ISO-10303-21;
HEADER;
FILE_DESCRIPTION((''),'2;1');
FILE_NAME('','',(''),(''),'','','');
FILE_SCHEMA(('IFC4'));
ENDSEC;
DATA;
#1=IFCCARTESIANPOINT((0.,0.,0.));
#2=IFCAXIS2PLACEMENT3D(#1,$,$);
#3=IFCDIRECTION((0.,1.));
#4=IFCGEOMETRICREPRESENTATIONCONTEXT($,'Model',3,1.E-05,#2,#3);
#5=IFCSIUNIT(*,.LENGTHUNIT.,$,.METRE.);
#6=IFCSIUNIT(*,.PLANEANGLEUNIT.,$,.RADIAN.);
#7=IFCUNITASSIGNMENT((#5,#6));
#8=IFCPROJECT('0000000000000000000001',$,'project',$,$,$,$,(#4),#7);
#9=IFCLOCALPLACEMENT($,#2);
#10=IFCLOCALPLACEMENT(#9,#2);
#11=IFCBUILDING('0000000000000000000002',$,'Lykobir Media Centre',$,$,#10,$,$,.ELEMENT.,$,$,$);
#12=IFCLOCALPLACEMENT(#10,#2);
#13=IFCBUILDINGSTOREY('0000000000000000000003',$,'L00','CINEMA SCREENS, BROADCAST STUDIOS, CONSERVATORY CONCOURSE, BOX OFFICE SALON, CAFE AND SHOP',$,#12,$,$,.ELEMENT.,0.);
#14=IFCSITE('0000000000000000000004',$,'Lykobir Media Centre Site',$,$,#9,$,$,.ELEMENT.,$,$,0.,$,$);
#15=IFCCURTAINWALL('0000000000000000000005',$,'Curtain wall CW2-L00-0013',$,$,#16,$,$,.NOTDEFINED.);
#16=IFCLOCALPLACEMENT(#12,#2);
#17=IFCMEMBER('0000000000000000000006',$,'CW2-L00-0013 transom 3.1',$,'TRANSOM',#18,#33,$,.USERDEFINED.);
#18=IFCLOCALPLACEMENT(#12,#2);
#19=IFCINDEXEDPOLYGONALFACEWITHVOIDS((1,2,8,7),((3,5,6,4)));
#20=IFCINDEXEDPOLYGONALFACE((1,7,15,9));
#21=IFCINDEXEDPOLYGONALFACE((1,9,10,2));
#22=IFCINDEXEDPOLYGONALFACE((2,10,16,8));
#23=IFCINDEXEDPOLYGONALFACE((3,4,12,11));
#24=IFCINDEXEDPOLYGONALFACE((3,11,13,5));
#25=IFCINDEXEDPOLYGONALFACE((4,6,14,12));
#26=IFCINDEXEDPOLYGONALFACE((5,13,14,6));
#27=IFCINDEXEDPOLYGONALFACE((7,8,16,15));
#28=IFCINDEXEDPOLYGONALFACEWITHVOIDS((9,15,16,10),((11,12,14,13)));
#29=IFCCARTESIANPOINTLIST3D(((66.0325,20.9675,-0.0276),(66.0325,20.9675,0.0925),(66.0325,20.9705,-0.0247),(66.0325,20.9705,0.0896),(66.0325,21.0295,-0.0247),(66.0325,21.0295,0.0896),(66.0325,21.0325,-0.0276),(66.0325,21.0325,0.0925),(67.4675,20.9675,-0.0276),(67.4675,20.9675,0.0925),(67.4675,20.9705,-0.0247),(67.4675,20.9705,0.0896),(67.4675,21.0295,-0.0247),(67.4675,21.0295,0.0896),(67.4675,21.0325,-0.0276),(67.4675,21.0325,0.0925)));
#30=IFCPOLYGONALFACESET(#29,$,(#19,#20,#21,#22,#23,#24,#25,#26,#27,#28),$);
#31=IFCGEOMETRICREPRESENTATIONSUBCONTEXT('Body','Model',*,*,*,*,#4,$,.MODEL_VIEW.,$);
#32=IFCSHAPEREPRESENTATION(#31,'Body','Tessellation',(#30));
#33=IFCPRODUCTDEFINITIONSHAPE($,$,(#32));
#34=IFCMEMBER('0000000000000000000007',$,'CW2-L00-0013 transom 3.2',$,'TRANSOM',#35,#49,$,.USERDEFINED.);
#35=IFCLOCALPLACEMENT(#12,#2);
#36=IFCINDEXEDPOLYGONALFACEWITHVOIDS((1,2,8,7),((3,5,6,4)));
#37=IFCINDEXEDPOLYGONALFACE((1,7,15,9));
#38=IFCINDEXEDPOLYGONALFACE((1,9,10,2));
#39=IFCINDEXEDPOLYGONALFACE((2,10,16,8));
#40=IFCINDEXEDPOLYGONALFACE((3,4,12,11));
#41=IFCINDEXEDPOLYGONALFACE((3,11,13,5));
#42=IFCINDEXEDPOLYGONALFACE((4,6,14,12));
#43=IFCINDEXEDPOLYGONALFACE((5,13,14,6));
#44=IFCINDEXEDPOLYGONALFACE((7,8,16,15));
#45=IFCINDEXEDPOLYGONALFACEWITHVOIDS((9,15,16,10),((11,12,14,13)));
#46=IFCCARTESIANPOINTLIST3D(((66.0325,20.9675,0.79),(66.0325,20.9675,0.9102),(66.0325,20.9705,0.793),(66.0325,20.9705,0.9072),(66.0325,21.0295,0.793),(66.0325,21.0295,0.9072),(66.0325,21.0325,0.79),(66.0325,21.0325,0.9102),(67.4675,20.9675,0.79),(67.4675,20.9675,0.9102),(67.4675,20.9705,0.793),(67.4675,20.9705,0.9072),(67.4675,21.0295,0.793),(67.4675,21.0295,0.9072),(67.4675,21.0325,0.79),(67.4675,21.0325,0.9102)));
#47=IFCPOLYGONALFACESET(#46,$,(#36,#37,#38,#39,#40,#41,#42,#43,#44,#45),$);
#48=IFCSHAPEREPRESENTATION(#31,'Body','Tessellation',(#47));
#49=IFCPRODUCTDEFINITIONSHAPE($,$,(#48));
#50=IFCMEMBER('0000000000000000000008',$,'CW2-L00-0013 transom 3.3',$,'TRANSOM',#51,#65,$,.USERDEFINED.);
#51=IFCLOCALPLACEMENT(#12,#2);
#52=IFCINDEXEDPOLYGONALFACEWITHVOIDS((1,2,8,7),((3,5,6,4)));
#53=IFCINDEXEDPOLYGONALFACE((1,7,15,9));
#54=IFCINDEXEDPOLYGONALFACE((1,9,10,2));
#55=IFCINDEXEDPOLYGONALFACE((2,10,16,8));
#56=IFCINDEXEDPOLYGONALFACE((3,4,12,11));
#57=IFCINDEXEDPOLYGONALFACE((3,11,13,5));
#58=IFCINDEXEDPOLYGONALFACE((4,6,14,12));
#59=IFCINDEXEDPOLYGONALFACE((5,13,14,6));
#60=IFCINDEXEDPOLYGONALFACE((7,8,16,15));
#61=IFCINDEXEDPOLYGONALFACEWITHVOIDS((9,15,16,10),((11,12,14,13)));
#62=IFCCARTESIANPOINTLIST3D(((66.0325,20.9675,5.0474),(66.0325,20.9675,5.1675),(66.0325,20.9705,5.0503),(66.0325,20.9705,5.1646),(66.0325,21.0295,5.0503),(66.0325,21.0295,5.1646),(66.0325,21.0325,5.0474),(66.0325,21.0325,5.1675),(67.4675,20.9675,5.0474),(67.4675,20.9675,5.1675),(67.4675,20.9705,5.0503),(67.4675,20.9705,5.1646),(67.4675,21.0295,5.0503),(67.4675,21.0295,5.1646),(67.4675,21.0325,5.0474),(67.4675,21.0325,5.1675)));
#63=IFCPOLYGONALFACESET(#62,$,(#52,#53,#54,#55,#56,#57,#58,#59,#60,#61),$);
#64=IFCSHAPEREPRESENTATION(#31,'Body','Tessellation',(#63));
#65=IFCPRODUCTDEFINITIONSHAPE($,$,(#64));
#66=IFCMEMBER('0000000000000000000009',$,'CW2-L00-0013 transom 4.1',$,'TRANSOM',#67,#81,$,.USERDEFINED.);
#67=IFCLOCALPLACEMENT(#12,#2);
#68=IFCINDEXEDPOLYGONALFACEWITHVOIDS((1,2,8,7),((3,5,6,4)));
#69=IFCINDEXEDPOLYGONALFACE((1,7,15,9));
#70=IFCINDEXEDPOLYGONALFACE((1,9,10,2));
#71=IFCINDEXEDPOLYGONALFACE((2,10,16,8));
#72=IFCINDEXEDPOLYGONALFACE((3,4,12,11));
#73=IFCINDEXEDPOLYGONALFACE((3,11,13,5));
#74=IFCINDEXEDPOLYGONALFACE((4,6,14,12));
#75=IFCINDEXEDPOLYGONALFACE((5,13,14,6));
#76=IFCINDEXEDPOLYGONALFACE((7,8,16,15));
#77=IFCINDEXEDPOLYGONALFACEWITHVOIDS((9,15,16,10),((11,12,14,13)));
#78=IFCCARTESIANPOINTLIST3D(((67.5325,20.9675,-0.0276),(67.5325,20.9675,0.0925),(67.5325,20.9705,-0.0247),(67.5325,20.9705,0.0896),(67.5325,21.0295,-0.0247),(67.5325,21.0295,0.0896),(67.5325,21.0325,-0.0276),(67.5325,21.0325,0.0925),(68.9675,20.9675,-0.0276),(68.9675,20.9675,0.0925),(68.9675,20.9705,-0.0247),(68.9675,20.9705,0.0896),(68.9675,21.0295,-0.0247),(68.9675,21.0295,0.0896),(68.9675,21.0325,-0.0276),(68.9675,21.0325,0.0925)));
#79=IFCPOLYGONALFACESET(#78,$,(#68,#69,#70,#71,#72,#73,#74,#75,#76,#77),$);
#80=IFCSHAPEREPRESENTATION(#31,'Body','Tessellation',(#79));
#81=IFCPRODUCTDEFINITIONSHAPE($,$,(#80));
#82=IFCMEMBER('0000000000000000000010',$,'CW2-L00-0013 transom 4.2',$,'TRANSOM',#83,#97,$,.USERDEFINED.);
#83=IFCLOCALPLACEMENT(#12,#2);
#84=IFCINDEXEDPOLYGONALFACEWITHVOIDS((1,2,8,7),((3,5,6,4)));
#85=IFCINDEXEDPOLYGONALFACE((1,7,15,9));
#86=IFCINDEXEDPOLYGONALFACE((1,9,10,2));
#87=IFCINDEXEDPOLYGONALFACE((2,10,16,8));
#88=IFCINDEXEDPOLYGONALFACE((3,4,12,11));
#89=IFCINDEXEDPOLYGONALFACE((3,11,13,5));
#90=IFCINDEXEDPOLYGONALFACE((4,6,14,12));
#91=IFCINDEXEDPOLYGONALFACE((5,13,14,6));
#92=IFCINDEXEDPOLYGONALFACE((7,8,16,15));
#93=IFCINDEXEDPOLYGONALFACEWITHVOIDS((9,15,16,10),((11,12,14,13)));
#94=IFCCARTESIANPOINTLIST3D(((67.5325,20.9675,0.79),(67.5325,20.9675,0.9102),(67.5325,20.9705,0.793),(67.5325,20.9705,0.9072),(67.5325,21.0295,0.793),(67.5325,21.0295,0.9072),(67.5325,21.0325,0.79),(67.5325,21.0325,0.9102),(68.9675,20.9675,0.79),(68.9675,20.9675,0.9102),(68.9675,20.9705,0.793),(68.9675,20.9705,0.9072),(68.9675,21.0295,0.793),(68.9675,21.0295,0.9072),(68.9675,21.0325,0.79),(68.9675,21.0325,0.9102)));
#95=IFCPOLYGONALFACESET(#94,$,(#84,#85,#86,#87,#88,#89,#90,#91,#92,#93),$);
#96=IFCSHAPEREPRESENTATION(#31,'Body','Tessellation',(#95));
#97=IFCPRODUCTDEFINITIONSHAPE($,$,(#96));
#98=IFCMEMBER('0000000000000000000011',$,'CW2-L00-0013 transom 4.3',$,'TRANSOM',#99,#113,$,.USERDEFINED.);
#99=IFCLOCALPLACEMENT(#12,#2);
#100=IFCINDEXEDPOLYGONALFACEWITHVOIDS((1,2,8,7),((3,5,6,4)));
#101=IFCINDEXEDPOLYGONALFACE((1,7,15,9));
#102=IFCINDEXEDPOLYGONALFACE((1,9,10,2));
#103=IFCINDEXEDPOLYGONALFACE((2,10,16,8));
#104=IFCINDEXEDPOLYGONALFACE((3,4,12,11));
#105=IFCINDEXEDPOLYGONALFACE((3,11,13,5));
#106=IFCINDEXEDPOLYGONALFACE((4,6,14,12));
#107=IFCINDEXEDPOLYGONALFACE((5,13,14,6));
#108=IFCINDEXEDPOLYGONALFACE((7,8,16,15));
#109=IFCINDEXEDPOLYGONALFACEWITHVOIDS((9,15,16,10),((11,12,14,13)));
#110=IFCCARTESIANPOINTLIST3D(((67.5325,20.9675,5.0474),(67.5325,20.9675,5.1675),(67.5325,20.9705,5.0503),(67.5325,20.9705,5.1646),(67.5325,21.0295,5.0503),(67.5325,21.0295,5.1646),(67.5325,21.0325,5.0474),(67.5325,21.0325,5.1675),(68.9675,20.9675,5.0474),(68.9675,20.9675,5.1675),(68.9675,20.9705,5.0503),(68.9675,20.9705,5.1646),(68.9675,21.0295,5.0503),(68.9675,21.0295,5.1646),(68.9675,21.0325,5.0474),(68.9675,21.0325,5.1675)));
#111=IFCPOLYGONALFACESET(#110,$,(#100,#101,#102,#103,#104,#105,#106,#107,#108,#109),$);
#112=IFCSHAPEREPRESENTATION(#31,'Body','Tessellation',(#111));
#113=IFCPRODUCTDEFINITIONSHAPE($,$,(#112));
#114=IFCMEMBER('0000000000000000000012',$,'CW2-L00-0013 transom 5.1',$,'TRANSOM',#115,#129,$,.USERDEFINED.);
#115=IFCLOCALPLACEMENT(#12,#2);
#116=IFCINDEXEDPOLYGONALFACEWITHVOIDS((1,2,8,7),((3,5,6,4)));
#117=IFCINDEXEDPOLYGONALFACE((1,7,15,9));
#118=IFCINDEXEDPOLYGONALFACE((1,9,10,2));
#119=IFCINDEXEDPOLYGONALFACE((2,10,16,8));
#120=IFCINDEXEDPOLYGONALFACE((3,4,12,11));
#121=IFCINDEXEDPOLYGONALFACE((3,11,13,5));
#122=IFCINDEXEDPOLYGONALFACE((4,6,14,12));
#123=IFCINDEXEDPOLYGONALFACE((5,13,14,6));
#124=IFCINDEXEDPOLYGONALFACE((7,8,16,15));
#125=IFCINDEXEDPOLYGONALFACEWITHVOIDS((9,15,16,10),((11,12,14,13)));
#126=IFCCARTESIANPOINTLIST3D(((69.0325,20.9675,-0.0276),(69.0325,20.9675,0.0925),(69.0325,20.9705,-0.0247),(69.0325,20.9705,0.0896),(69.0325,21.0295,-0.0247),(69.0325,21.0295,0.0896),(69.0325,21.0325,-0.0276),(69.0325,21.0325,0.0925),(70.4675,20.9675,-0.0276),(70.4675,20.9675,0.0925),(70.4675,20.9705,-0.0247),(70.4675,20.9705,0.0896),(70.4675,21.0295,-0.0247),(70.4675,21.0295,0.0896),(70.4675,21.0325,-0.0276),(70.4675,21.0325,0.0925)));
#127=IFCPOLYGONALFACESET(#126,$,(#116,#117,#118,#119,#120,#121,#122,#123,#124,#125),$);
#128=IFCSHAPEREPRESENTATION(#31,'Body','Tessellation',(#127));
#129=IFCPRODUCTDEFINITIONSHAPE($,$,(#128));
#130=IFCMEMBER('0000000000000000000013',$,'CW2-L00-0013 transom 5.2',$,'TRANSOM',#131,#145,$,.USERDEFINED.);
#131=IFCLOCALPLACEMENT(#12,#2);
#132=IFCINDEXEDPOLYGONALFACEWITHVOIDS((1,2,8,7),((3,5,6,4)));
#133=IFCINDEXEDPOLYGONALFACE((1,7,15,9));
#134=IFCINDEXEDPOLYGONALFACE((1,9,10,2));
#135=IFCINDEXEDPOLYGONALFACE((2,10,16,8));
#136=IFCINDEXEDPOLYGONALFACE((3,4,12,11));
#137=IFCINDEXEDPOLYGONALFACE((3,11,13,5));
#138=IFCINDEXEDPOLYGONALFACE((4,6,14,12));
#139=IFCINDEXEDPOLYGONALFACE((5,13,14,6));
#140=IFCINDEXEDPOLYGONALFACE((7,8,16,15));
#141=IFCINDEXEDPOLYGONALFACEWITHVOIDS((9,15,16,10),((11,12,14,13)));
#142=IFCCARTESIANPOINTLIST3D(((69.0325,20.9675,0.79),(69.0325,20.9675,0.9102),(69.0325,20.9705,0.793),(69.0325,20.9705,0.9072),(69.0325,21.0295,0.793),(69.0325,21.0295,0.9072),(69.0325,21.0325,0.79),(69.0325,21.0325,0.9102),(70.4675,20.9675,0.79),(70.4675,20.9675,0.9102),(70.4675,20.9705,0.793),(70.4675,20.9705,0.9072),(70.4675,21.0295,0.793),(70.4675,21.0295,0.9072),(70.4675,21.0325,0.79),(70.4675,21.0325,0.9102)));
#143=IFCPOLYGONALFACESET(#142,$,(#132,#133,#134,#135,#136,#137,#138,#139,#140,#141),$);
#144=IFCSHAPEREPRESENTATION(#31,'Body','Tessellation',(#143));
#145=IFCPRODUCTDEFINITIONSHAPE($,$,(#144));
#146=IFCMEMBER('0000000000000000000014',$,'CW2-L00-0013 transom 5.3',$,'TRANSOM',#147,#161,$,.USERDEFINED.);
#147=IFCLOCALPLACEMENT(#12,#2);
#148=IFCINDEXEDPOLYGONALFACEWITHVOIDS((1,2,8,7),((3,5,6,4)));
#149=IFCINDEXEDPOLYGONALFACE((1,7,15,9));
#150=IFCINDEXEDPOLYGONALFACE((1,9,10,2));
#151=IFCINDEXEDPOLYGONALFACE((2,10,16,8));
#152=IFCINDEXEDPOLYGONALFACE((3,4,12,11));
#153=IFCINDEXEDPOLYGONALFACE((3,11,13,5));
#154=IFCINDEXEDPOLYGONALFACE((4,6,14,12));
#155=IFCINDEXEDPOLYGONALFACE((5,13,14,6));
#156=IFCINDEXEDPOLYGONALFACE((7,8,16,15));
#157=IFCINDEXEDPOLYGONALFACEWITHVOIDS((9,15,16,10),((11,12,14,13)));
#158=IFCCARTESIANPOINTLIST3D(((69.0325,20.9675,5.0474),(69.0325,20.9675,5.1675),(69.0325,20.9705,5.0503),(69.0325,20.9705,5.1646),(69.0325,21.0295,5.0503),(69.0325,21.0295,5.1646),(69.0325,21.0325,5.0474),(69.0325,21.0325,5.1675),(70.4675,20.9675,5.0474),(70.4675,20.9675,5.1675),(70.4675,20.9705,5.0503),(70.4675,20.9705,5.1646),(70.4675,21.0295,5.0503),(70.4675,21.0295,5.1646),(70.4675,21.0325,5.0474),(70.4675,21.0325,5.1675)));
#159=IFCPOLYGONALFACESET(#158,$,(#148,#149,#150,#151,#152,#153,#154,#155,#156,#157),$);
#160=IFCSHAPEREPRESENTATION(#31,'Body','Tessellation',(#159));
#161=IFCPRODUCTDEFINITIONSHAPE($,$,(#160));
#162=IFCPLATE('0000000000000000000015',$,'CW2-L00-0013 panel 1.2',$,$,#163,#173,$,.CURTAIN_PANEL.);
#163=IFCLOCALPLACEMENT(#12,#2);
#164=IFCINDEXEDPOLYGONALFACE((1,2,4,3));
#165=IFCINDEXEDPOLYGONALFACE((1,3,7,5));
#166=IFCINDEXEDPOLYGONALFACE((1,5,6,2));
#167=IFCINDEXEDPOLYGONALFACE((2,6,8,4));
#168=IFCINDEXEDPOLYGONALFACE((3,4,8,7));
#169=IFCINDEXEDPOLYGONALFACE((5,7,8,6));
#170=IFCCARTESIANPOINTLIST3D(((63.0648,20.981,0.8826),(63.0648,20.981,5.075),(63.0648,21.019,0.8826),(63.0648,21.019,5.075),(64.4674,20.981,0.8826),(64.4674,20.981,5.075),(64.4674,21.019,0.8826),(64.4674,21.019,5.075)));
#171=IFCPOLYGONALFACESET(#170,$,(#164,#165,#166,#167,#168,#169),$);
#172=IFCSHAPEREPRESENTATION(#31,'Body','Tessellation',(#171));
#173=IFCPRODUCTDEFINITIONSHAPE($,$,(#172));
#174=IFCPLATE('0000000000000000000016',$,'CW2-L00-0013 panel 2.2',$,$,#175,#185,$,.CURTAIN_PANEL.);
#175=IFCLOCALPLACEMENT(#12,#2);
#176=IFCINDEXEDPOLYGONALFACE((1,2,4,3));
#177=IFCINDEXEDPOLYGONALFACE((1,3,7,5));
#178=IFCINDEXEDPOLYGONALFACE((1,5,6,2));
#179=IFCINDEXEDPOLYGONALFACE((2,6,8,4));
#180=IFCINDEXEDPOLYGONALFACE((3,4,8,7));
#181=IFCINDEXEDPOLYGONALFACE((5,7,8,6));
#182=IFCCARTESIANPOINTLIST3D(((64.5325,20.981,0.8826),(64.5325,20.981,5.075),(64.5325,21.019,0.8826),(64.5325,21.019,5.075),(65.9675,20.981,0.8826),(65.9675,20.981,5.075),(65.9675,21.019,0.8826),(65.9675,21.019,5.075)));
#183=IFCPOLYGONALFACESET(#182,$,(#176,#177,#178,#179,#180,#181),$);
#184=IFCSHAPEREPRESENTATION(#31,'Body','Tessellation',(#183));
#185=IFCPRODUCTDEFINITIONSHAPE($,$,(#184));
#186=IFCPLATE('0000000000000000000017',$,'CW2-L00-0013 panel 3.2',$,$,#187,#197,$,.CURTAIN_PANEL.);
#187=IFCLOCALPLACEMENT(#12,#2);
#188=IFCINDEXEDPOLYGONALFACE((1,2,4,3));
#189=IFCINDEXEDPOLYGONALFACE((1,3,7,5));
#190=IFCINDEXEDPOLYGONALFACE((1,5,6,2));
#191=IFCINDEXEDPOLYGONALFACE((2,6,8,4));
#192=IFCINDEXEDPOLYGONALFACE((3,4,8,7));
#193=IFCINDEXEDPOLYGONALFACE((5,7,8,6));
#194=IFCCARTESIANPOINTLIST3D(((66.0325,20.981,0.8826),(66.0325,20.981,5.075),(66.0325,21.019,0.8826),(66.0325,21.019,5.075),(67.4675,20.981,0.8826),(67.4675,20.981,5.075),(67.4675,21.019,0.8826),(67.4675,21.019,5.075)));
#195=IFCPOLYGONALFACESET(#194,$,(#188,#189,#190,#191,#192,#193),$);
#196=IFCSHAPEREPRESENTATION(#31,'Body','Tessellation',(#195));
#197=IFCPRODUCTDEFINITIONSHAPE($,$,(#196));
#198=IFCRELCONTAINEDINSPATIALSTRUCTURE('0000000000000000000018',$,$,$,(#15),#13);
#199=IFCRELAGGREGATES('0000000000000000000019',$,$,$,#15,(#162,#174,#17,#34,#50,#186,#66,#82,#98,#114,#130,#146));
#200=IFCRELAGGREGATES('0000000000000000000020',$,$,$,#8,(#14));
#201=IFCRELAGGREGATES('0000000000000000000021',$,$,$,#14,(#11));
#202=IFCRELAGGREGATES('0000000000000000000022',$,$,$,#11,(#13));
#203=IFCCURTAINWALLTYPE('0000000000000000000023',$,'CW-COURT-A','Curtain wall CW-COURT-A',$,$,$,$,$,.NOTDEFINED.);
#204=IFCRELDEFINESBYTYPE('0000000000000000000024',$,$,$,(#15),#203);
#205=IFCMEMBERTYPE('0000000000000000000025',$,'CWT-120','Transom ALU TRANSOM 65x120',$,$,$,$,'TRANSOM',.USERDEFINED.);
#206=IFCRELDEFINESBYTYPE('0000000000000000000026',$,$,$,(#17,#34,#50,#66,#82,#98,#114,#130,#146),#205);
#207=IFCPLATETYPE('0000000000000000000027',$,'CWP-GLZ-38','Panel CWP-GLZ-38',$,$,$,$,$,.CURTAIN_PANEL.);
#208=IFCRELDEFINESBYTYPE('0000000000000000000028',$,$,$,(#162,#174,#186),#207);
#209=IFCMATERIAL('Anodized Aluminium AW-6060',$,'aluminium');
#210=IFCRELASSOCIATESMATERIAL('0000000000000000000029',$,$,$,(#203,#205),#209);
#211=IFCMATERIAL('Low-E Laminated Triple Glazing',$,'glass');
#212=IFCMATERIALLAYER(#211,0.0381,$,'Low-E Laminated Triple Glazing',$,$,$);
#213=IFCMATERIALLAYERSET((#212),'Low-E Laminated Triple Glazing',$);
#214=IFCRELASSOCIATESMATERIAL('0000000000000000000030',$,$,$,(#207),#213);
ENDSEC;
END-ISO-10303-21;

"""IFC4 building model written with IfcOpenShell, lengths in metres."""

from ifc_helpers import new_model, si_unit, direction, frame, origin, origin_2d, place, context, subcontext, project, spatial, rectangle, hollow_rectangle, extrude, material, layer, layer_set, material_profile, profile_set, type_object, element, aggregate, save


model = new_model("IFC4")

# Units and contexts
model_context = context("Model", 3, precision=1e-05, world=origin(), true_north=direction((0.0, 1.0)))
body_context = subcontext(model_context, "Body", "Model", "MODEL_VIEW")
ifc_project = project(units=[si_unit("LENGTHUNIT", "METRE"), si_unit("PLANEANGLEUNIT", "RADIAN")], contexts=[model_context])

# Site, building, storey
site_placement = place(None, origin())
site = spatial("IfcSite", under=ifc_project, at=site_placement, Name="Lykobir Media Centre Site", CompositionType="ELEMENT", RefElevation=0.0)
building_placement = place(site_placement, origin())
building = spatial("IfcBuilding", under=site, at=building_placement, Name="Lykobir Media Centre", CompositionType="ELEMENT")
storey_placement = place(building_placement, origin())
storey = spatial("IfcBuildingStorey", under=building, at=storey_placement, Name="L00", Description="CINEMA SCREENS, BROADCAST STUDIOS, CONSERVATORY CONCOURSE, BOX OFFICE SALON, CAFE AND SHOP", CompositionType="ELEMENT", Elevation=0.0)

# Curtain wall, members, plates
ifc_material_1 = material(Name="Anodized Aluminium AW-6060", Category="aluminium")
curtain_wall_type = type_object("IfcCurtainWallType", Name="CW-COURT-A", Description="Curtain wall CW-COURT-A", PredefinedType="NOTDEFINED", material=ifc_material_1)
curtain_wall_placement = place(storey_placement, origin())
curtain_wall = element("IfcCurtainWall", 1, at=curtain_wall_placement, inside=storey, type_object=curtain_wall_type, Name="Curtain wall CW2-L00-0013", PredefinedType="NOTDEFINED")
ifc_material_profile_1 = material_profile(ifc_material_1, hollow_rectangle(XDim=0.0649, YDim=0.1201, WallThickness=0.0029, at=origin_2d()), Name="ALU TRANSOM 65x120")
ifc_profile_set_1 = profile_set([ifc_material_profile_1], Name="Anodized Aluminium AW-6060")
member_type_1 = type_object("IfcMemberType", Name="CWT-120", Description="Transom ALU TRANSOM 65x120", ElementType="TRANSOM", PredefinedType="USERDEFINED", material=ifc_profile_set_1)
member_1_placement = place(storey_placement, frame((66.0325, 21.0, 0.0325), z_axis=(1.0, 0.0, 0.0), x_axis=(0.0, 1.0, 0.0)))
member_1 = element("IfcMember", 2, at=member_1_placement, type_object=member_type_1, Name="CW2-L00-0013 transom 3.1", ObjectType="TRANSOM", PredefinedType="USERDEFINED", context=body_context, shape_type="SweptSolid", body=[
    extrude(hollow_rectangle(XDim=0.0649, YDim=0.1201, WallThickness=0.0029, at=origin_2d()), origin(), (0.0, 0.0, 1.0), 1.4351),
])
member_2_placement = place(storey_placement, frame((66.0325, 21.0, 0.8501), z_axis=(1.0, 0.0, 0.0), x_axis=(0.0, 1.0, 0.0)))
member_2 = element("IfcMember", 3, at=member_2_placement, type_object=member_type_1, Name="CW2-L00-0013 transom 3.2", ObjectType="TRANSOM", PredefinedType="USERDEFINED", context=body_context, shape_type="SweptSolid", body=[
    extrude(hollow_rectangle(XDim=0.0649, YDim=0.1201, WallThickness=0.0029, at=origin_2d()), origin(), (0.0, 0.0, 1.0), 1.4351),
])
member_3_placement = place(storey_placement, frame((66.0325, 21.0, 5.1074), z_axis=(1.0, 0.0, 0.0), x_axis=(0.0, 1.0, 0.0)))
member_3 = element("IfcMember", 4, at=member_3_placement, type_object=member_type_1, Name="CW2-L00-0013 transom 3.3", ObjectType="TRANSOM", PredefinedType="USERDEFINED", context=body_context, shape_type="SweptSolid", body=[
    extrude(hollow_rectangle(XDim=0.0649, YDim=0.1201, WallThickness=0.0029, at=origin_2d()), origin(), (0.0, 0.0, 1.0), 1.4351),
])
member_4_placement = place(storey_placement, frame((67.5325, 21.0, 0.0325), z_axis=(1.0, 0.0, 0.0), x_axis=(0.0, 1.0, 0.0)))
member_4 = element("IfcMember", 5, at=member_4_placement, type_object=member_type_1, Name="CW2-L00-0013 transom 4.1", ObjectType="TRANSOM", PredefinedType="USERDEFINED", context=body_context, shape_type="SweptSolid", body=[
    extrude(hollow_rectangle(XDim=0.0649, YDim=0.1201, WallThickness=0.0029, at=origin_2d()), origin(), (0.0, 0.0, 1.0), 1.4351),
])
member_5_placement = place(storey_placement, frame((67.5325, 21.0, 0.8501), z_axis=(1.0, 0.0, 0.0), x_axis=(0.0, 1.0, 0.0)))
member_5 = element("IfcMember", 6, at=member_5_placement, type_object=member_type_1, Name="CW2-L00-0013 transom 4.2", ObjectType="TRANSOM", PredefinedType="USERDEFINED", context=body_context, shape_type="SweptSolid", body=[
    extrude(hollow_rectangle(XDim=0.0649, YDim=0.1201, WallThickness=0.0029, at=origin_2d()), origin(), (0.0, 0.0, 1.0), 1.4351),
])
member_6_placement = place(storey_placement, frame((67.5325, 21.0, 5.1074), z_axis=(1.0, 0.0, 0.0), x_axis=(0.0, 1.0, 0.0)))
member_6 = element("IfcMember", 7, at=member_6_placement, type_object=member_type_1, Name="CW2-L00-0013 transom 4.3", ObjectType="TRANSOM", PredefinedType="USERDEFINED", context=body_context, shape_type="SweptSolid", body=[
    extrude(hollow_rectangle(XDim=0.0649, YDim=0.1201, WallThickness=0.0029, at=origin_2d()), origin(), (0.0, 0.0, 1.0), 1.4351),
])
member_7_placement = place(storey_placement, frame((69.0325, 21.0, 0.0325), z_axis=(1.0, 0.0, 0.0), x_axis=(0.0, 1.0, 0.0)))
member_7 = element("IfcMember", 8, at=member_7_placement, type_object=member_type_1, Name="CW2-L00-0013 transom 5.1", ObjectType="TRANSOM", PredefinedType="USERDEFINED", context=body_context, shape_type="SweptSolid", body=[
    extrude(hollow_rectangle(XDim=0.0649, YDim=0.1201, WallThickness=0.0029, at=origin_2d()), origin(), (0.0, 0.0, 1.0), 1.4351),
])
member_8_placement = place(storey_placement, frame((69.0325, 21.0, 0.8501), z_axis=(1.0, 0.0, 0.0), x_axis=(0.0, 1.0, 0.0)))
member_8 = element("IfcMember", 9, at=member_8_placement, type_object=member_type_1, Name="CW2-L00-0013 transom 5.2", ObjectType="TRANSOM", PredefinedType="USERDEFINED", context=body_context, shape_type="SweptSolid", body=[
    extrude(hollow_rectangle(XDim=0.0649, YDim=0.1201, WallThickness=0.0029, at=origin_2d()), origin(), (0.0, 0.0, 1.0), 1.4351),
])
member_9_placement = place(storey_placement, frame((69.0325, 21.0, 5.1074), z_axis=(1.0, 0.0, 0.0), x_axis=(0.0, 1.0, 0.0)))
member_9 = element("IfcMember", 10, at=member_9_placement, type_object=member_type_1, Name="CW2-L00-0013 transom 5.3", ObjectType="TRANSOM", PredefinedType="USERDEFINED", context=body_context, shape_type="SweptSolid", body=[
    extrude(hollow_rectangle(XDim=0.0649, YDim=0.1201, WallThickness=0.0029, at=origin_2d()), origin(), (0.0, 0.0, 1.0), 1.4351),
])
ifc_material_2 = material(Name="Low-E Laminated Triple Glazing", Category="glass")
ifc_layer_1 = layer(ifc_material_2, 0.0381, Name="Low-E Laminated Triple Glazing")
ifc_layer_set_1 = layer_set([ifc_layer_1], Name="Low-E Laminated Triple Glazing")
plate_type_1 = type_object("IfcPlateType", Name="CWP-GLZ-38", Description="Panel CWP-GLZ-38", PredefinedType="CURTAIN_PANEL", material=ifc_layer_set_1)
plate_1_placement = place(storey_placement, frame((63.7661, 21.0, 0.8826), z_axis=(0.0, 0.0, 1.0), x_axis=(1.0, 0.0, 0.0)))
plate_1 = element("IfcPlate", 11, at=plate_1_placement, type_object=plate_type_1, Name="CW2-L00-0013 panel 1.2", PredefinedType="CURTAIN_PANEL", context=body_context, shape_type="SweptSolid", body=[
    extrude(rectangle(XDim=1.4026, YDim=0.0381, at=origin_2d()), origin(), (0.0, 0.0, 1.0), 4.1924),
])
plate_2_placement = place(storey_placement, frame((65.25, 21.0, 0.8826), z_axis=(0.0, 0.0, 1.0), x_axis=(1.0, 0.0, 0.0)))
plate_2 = element("IfcPlate", 12, at=plate_2_placement, type_object=plate_type_1, Name="CW2-L00-0013 panel 2.2", PredefinedType="CURTAIN_PANEL", context=body_context, shape_type="SweptSolid", body=[
    extrude(rectangle(XDim=1.4351, YDim=0.0381, at=origin_2d()), origin(), (0.0, 0.0, 1.0), 4.1924),
])
plate_3_placement = place(storey_placement, frame((66.75, 21.0, 0.8826), z_axis=(0.0, 0.0, 1.0), x_axis=(1.0, 0.0, 0.0)))
plate_3 = element("IfcPlate", 13, at=plate_3_placement, type_object=plate_type_1, Name="CW2-L00-0013 panel 3.2", PredefinedType="CURTAIN_PANEL", context=body_context, shape_type="SweptSolid", body=[
    extrude(rectangle(XDim=1.4351, YDim=0.0381, at=origin_2d()), origin(), (0.0, 0.0, 1.0), 4.1924),
])
aggregate(curtain_wall, [plate_1, plate_2, member_1, member_2, member_3, plate_3, member_4, member_5, member_6, member_7, member_8, member_9])

save(model, "model.ifc")
